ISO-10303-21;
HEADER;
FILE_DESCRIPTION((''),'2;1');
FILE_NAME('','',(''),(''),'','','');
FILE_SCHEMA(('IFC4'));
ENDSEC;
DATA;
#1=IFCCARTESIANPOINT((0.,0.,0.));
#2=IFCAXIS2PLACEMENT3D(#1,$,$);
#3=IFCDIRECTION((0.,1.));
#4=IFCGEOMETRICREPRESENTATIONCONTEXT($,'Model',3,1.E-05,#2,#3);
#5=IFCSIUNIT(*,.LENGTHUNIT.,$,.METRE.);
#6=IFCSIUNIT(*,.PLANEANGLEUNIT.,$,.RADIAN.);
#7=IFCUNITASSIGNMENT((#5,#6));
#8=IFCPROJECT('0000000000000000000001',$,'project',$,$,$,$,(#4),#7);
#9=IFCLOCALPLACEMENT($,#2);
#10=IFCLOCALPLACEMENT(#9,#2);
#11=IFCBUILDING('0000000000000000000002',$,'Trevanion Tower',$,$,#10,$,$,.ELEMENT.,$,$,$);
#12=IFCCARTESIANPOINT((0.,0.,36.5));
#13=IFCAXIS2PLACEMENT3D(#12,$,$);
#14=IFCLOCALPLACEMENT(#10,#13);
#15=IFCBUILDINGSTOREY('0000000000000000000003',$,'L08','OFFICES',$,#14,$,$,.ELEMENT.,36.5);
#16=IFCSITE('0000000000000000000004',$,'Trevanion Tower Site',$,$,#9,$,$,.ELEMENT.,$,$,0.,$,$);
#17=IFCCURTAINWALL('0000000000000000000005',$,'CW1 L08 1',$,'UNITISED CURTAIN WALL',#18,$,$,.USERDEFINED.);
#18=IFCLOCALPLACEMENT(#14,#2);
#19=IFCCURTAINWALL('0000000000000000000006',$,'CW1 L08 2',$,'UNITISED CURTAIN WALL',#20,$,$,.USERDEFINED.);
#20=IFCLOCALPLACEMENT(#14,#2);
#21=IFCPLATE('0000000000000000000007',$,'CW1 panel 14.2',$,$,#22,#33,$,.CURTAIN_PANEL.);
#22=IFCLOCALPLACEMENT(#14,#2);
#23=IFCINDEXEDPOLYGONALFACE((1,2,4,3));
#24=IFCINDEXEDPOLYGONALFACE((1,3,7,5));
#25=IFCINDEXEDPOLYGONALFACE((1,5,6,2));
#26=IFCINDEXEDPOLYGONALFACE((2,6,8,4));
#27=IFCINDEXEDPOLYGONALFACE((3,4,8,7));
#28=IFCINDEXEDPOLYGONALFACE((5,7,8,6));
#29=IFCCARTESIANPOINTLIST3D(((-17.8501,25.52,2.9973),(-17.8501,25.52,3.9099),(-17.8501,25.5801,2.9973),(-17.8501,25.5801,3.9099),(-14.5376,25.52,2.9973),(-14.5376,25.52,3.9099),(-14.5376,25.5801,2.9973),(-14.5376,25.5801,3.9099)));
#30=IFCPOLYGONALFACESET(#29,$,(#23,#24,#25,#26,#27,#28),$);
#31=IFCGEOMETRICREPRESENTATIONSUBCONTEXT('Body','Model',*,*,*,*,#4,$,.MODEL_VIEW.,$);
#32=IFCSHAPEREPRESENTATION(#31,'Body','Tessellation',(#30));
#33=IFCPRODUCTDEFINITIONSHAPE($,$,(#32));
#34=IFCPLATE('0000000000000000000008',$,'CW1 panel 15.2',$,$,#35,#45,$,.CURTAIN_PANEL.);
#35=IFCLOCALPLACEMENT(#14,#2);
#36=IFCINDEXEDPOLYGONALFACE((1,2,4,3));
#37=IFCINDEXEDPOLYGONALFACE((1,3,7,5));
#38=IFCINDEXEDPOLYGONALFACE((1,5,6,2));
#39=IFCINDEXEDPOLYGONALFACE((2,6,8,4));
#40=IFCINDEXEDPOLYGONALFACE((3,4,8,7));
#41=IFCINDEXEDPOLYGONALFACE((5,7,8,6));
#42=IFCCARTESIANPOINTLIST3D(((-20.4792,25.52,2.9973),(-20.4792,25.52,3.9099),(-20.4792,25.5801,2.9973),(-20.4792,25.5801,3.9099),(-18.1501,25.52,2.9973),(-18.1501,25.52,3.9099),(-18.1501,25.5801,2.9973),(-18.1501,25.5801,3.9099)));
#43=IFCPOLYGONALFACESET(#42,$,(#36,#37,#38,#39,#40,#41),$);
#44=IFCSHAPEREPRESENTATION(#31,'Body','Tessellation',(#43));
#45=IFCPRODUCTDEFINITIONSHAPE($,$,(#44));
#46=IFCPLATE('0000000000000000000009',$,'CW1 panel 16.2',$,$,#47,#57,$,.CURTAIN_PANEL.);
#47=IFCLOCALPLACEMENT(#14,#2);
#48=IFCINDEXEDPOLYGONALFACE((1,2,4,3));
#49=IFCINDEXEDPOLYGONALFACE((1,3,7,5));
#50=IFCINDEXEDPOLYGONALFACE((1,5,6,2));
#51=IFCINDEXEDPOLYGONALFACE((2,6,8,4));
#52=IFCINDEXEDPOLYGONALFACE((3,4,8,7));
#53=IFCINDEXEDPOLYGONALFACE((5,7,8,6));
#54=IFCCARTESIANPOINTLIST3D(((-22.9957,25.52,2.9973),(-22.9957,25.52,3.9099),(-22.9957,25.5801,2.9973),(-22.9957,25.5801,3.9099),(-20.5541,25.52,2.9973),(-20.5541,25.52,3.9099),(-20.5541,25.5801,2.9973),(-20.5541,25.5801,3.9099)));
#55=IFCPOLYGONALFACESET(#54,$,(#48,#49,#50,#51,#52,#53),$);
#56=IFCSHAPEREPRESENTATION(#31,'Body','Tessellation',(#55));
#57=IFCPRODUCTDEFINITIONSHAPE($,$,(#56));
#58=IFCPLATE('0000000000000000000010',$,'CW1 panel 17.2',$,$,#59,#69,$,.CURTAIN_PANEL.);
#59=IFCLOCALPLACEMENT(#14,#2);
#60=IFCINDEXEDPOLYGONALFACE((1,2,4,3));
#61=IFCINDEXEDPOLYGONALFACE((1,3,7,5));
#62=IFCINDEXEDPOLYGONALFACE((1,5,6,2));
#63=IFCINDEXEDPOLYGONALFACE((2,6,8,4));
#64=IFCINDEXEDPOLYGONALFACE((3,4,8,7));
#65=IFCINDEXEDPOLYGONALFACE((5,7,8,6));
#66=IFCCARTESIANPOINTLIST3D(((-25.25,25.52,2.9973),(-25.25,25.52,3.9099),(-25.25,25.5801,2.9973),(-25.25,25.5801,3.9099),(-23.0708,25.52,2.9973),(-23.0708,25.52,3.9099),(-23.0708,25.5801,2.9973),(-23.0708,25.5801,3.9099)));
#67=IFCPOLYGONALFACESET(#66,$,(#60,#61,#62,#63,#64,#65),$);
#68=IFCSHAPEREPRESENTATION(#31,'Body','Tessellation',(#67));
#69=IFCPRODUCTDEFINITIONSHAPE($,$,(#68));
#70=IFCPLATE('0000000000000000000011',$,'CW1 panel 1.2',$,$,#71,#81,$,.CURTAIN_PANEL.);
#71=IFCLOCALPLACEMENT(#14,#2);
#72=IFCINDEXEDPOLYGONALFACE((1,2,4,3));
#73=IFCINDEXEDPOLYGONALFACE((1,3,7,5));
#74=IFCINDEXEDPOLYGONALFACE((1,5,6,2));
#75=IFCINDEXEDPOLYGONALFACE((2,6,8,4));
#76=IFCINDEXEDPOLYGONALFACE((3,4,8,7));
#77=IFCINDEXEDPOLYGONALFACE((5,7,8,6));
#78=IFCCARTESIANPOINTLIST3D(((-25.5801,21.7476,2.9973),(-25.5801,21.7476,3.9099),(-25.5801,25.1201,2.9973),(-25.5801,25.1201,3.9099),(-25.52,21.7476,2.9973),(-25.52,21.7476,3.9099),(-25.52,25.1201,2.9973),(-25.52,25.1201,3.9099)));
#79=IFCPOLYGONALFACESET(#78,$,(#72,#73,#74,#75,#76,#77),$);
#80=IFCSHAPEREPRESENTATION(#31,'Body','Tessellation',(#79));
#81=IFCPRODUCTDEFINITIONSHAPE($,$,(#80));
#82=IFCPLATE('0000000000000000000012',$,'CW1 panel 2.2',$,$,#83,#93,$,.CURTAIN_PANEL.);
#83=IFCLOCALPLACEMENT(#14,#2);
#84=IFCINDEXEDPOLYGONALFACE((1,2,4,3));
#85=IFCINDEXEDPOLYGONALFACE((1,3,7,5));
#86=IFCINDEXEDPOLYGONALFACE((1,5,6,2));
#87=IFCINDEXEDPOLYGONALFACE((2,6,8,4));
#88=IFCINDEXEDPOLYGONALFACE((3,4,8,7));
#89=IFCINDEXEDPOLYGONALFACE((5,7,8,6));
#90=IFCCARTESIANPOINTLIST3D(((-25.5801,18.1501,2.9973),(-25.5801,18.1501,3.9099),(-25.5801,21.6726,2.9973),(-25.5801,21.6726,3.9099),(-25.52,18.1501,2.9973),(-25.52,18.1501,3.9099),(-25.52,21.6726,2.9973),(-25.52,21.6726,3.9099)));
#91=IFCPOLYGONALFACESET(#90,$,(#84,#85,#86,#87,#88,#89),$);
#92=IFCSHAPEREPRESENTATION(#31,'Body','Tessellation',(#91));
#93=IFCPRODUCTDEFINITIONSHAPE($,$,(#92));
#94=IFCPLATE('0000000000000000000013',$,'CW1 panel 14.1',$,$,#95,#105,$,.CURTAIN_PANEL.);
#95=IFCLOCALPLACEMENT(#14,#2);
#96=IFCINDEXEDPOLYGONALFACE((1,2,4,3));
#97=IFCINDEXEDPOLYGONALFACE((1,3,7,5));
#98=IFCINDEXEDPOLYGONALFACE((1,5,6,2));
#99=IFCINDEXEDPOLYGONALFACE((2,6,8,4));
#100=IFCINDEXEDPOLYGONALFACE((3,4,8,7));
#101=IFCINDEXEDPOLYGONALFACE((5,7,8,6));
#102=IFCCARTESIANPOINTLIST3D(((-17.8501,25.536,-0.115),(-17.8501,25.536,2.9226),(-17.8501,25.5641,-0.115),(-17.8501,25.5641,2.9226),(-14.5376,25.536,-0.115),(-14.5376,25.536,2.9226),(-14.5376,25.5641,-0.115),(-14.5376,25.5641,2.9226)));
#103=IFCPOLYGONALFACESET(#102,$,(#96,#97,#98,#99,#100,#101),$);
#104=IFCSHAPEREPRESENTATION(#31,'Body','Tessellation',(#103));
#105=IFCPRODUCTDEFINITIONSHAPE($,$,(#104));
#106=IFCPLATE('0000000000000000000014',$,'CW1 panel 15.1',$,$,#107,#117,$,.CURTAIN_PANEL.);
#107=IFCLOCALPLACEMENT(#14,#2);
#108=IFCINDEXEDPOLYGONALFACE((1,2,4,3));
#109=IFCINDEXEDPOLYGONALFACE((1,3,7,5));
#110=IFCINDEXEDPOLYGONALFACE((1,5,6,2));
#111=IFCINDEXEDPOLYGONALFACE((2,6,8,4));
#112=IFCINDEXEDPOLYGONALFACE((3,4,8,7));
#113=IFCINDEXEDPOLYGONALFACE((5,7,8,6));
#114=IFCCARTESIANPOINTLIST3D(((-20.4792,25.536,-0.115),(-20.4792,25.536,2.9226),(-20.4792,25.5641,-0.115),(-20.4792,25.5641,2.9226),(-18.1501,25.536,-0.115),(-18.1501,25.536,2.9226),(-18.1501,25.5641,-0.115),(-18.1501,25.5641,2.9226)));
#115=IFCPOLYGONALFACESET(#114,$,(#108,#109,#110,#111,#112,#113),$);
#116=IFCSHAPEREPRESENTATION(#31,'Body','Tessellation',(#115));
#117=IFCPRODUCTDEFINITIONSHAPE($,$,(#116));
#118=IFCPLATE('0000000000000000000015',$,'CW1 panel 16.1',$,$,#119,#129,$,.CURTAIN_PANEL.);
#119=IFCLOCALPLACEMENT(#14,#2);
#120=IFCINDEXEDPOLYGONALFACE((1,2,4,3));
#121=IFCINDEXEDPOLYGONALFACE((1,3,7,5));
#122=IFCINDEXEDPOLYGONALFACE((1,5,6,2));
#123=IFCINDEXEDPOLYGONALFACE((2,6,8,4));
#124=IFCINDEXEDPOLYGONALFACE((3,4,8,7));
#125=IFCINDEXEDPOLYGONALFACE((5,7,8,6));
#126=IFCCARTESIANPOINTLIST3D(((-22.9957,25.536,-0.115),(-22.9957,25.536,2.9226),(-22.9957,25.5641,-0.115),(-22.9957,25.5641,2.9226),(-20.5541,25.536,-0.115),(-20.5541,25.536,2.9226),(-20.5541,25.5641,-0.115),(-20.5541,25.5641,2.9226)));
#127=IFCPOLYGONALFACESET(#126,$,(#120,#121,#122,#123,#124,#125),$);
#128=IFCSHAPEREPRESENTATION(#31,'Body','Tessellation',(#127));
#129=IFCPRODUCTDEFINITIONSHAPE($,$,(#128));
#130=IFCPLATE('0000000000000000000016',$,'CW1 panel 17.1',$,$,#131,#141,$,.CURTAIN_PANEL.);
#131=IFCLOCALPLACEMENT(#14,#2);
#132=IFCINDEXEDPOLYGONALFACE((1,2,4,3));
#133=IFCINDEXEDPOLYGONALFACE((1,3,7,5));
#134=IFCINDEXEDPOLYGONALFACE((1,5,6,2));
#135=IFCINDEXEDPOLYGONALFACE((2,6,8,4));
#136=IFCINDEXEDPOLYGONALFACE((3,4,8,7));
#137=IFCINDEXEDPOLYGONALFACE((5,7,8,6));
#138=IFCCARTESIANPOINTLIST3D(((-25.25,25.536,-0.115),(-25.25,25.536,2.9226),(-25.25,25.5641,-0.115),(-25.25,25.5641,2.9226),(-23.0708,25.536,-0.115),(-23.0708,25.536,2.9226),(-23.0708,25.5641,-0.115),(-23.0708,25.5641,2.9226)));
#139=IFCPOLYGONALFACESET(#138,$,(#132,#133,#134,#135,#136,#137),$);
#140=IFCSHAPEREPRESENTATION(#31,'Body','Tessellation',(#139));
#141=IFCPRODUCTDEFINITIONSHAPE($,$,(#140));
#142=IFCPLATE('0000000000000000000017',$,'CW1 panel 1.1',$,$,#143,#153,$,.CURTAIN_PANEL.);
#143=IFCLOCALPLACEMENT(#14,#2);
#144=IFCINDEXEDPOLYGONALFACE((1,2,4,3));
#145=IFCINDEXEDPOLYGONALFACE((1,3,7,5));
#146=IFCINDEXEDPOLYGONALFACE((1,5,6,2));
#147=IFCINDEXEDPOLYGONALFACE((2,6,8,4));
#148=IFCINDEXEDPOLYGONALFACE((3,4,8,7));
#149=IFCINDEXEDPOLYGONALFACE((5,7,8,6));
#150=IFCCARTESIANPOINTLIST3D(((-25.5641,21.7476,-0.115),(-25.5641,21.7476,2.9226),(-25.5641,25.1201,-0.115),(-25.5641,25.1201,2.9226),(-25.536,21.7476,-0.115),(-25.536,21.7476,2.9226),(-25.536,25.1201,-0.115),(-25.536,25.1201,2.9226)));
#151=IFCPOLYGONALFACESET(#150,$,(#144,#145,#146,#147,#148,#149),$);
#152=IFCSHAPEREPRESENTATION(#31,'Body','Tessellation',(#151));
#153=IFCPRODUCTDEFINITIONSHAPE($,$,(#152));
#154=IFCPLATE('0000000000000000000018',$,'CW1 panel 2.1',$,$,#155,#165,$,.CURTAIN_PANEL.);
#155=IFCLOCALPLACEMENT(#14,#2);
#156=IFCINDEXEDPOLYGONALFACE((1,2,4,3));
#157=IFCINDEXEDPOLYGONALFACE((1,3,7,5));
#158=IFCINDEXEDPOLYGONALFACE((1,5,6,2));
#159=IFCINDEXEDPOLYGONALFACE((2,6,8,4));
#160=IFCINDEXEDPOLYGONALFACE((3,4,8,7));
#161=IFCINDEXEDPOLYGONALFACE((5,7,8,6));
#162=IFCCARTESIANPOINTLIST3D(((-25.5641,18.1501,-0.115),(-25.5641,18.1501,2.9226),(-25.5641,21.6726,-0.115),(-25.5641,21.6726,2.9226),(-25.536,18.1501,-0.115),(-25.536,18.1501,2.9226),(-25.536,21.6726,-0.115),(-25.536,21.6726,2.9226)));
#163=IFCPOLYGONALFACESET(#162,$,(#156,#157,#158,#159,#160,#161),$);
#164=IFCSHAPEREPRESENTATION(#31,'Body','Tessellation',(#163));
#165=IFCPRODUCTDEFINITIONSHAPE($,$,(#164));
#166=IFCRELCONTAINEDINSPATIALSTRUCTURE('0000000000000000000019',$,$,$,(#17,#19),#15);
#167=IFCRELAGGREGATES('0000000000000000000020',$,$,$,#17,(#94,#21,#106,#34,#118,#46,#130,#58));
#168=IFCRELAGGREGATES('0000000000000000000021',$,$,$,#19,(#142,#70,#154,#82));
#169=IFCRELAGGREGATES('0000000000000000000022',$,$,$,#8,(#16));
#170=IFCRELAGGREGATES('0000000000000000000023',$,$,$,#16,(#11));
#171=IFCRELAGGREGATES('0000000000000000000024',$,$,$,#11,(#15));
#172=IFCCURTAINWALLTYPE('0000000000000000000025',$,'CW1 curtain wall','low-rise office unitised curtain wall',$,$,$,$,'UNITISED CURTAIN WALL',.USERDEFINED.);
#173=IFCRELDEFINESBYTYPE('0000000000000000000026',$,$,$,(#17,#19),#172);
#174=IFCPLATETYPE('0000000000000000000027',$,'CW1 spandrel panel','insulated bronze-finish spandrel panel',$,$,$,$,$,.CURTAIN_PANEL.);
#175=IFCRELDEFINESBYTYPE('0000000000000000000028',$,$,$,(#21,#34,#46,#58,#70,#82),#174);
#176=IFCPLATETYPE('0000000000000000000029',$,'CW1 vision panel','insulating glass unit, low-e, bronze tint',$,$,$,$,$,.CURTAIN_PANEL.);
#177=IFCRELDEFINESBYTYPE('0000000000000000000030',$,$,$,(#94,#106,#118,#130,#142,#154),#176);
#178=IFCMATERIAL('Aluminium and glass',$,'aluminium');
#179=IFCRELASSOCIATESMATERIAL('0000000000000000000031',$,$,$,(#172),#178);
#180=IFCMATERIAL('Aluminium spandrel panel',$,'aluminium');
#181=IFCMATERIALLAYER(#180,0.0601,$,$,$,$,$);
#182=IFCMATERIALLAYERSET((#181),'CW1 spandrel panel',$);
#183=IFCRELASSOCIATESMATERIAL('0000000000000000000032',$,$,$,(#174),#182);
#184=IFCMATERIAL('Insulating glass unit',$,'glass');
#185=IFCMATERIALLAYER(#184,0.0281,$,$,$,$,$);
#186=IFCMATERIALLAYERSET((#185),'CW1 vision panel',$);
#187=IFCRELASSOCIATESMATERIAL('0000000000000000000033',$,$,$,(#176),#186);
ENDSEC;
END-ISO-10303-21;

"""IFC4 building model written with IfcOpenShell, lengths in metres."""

from ifc_helpers import new_model, si_unit, direction, frame, origin, origin_2d, place, context, subcontext, project, spatial, rectangle, extrude, material, layer, layer_set, type_object, element, aggregate, save


model = new_model("IFC4")

# Units and contexts
model_context = context("Model", 3, precision=1e-05, world=origin(), true_north=direction((0.0, 1.0)))
body_context = subcontext(model_context, "Body", "Model", "MODEL_VIEW")
ifc_project = project(units=[si_unit("LENGTHUNIT", "METRE"), si_unit("PLANEANGLEUNIT", "RADIAN")], contexts=[model_context])

# Site, building, storey
site_placement = place(None, origin())
site = spatial("IfcSite", under=ifc_project, at=site_placement, Name="Trevanion Tower Site", CompositionType="ELEMENT", RefElevation=0.0)
building_placement = place(site_placement, origin())
building = spatial("IfcBuilding", under=site, at=building_placement, Name="Trevanion Tower", CompositionType="ELEMENT")
storey_placement = place(building_placement, frame((0.0, 0.0, 36.5)))
storey = spatial("IfcBuildingStorey", under=building, at=storey_placement, Name="L08", Description="OFFICES", CompositionType="ELEMENT", Elevation=36.5)

# Curtain wall
ifc_material_1 = material(Name="Aluminium and glass", Category="aluminium")
curtain_wall_type = type_object("IfcCurtainWallType", Name="CW1 curtain wall", Description="low-rise office unitised curtain wall", ElementType="UNITISED CURTAIN WALL", PredefinedType="USERDEFINED", material=ifc_material_1)
curtain_wall_1_placement = place(storey_placement, origin())
curtain_wall_1 = element("IfcCurtainWall", 1, at=curtain_wall_1_placement, inside=storey, type_object=curtain_wall_type, Name="CW1 L08 1", ObjectType="UNITISED CURTAIN WALL", PredefinedType="USERDEFINED")

# Curtain wall
curtain_wall_2_placement = place(storey_placement, origin())
curtain_wall_2 = element("IfcCurtainWall", 2, at=curtain_wall_2_placement, inside=storey, type_object=curtain_wall_type, Name="CW1 L08 2", ObjectType="UNITISED CURTAIN WALL", PredefinedType="USERDEFINED")

# Plates
ifc_material_2 = material(Name="Aluminium spandrel panel", Category="aluminium")
ifc_layer_1 = layer(ifc_material_2, 0.0601)
ifc_layer_set_1 = layer_set([ifc_layer_1], Name="CW1 spandrel panel")
plate_type_1 = type_object("IfcPlateType", Name="CW1 spandrel panel", Description="insulated bronze-finish spandrel panel", PredefinedType="CURTAIN_PANEL", material=ifc_layer_set_1)
plate_1_placement = place(storey_placement, frame((-16.1938, 25.55, 2.9973), z_axis=(0.0, 0.0, 1.0), x_axis=(-1.0, 0.0, 0.0)))
plate_1 = element("IfcPlate", 3, at=plate_1_placement, type_object=plate_type_1, Name="CW1 panel 14.2", PredefinedType="CURTAIN_PANEL", context=body_context, shape_type="SweptSolid", body=[
    extrude(rectangle(XDim=3.3125, YDim=0.0601, at=origin_2d()), origin(), (0.0, 0.0, 1.0), 0.9126),
])
plate_2_placement = place(storey_placement, frame((-19.3147, 25.55, 2.9973), z_axis=(0.0, 0.0, 1.0), x_axis=(-1.0, 0.0, 0.0)))
plate_2 = element("IfcPlate", 4, at=plate_2_placement, type_object=plate_type_1, Name="CW1 panel 15.2", PredefinedType="CURTAIN_PANEL", context=body_context, shape_type="SweptSolid", body=[
    extrude(rectangle(XDim=2.3291, YDim=0.0601, at=origin_2d()), origin(), (0.0, 0.0, 1.0), 0.9126),
])
plate_3_placement = place(storey_placement, frame((-21.7749, 25.55, 2.9973), z_axis=(0.0, 0.0, 1.0), x_axis=(-1.0, 0.0, 0.0)))
plate_3 = element("IfcPlate", 5, at=plate_3_placement, type_object=plate_type_1, Name="CW1 panel 16.2", PredefinedType="CURTAIN_PANEL", context=body_context, shape_type="SweptSolid", body=[
    extrude(rectangle(XDim=2.4417, YDim=0.0601, at=origin_2d()), origin(), (0.0, 0.0, 1.0), 0.9126),
])
plate_4_placement = place(storey_placement, frame((-24.1604, 25.55, 2.9973), z_axis=(0.0, 0.0, 1.0), x_axis=(-1.0, 0.0, 0.0)))
plate_4 = element("IfcPlate", 6, at=plate_4_placement, type_object=plate_type_1, Name="CW1 panel 17.2", PredefinedType="CURTAIN_PANEL", context=body_context, shape_type="SweptSolid", body=[
    extrude(rectangle(XDim=2.1792, YDim=0.0601, at=origin_2d()), origin(), (0.0, 0.0, 1.0), 0.9126),
])
plate_5_placement = place(storey_placement, frame((-25.55, 23.4338, 2.9973), z_axis=(0.0, 0.0, 1.0), x_axis=(0.0, -1.0, 0.0)))
plate_5 = element("IfcPlate", 7, at=plate_5_placement, type_object=plate_type_1, Name="CW1 panel 1.2", PredefinedType="CURTAIN_PANEL", context=body_context, shape_type="SweptSolid", body=[
    extrude(rectangle(XDim=3.3726, YDim=0.0601, at=origin_2d()), origin(), (0.0, 0.0, 1.0), 0.9126),
])
plate_6_placement = place(storey_placement, frame((-25.55, 19.9114, 2.9973), z_axis=(0.0, 0.0, 1.0), x_axis=(0.0, -1.0, 0.0)))
plate_6 = element("IfcPlate", 8, at=plate_6_placement, type_object=plate_type_1, Name="CW1 panel 2.2", PredefinedType="CURTAIN_PANEL", context=body_context, shape_type="SweptSolid", body=[
    extrude(rectangle(XDim=3.5225, YDim=0.0601, at=origin_2d()), origin(), (0.0, 0.0, 1.0), 0.9126),
])
ifc_material_3 = material(Name="Insulating glass unit", Category="glass")
ifc_layer_2 = layer(ifc_material_3, 0.0281)
ifc_layer_set_2 = layer_set([ifc_layer_2], Name="CW1 vision panel")
plate_type_2 = type_object("IfcPlateType", Name="CW1 vision panel", Description="insulating glass unit, low-e, bronze tint", PredefinedType="CURTAIN_PANEL", material=ifc_layer_set_2)
plate_7_placement = place(storey_placement, frame((-16.1938, 25.55, -0.115), z_axis=(0.0, 0.0, 1.0), x_axis=(-1.0, 0.0, 0.0)))
plate_7 = element("IfcPlate", 9, at=plate_7_placement, type_object=plate_type_2, Name="CW1 panel 14.1", PredefinedType="CURTAIN_PANEL", context=body_context, shape_type="SweptSolid", body=[
    extrude(rectangle(XDim=3.3125, YDim=0.0281, at=origin_2d()), origin(), (0.0, 0.0, 1.0), 3.0376),
])
plate_8_placement = place(storey_placement, frame((-19.3147, 25.55, -0.115), z_axis=(0.0, 0.0, 1.0), x_axis=(-1.0, 0.0, 0.0)))
plate_8 = element("IfcPlate", 10, at=plate_8_placement, type_object=plate_type_2, Name="CW1 panel 15.1", PredefinedType="CURTAIN_PANEL", context=body_context, shape_type="SweptSolid", body=[
    extrude(rectangle(XDim=2.3291, YDim=0.0281, at=origin_2d()), origin(), (0.0, 0.0, 1.0), 3.0376),
])
plate_9_placement = place(storey_placement, frame((-21.7749, 25.55, -0.115), z_axis=(0.0, 0.0, 1.0), x_axis=(-1.0, 0.0, 0.0)))
plate_9 = element("IfcPlate", 11, at=plate_9_placement, type_object=plate_type_2, Name="CW1 panel 16.1", PredefinedType="CURTAIN_PANEL", context=body_context, shape_type="SweptSolid", body=[
    extrude(rectangle(XDim=2.4417, YDim=0.0281, at=origin_2d()), origin(), (0.0, 0.0, 1.0), 3.0376),
])
plate_10_placement = place(storey_placement, frame((-24.1604, 25.55, -0.115), z_axis=(0.0, 0.0, 1.0), x_axis=(-1.0, 0.0, 0.0)))
plate_10 = element("IfcPlate", 12, at=plate_10_placement, type_object=plate_type_2, Name="CW1 panel 17.1", PredefinedType="CURTAIN_PANEL", context=body_context, shape_type="SweptSolid", body=[
    extrude(rectangle(XDim=2.1792, YDim=0.0281, at=origin_2d()), origin(), (0.0, 0.0, 1.0), 3.0376),
])
aggregate(curtain_wall_1, [plate_7, plate_1, plate_8, plate_2, plate_9, plate_3, plate_10, plate_4])
plate_11_placement = place(storey_placement, frame((-25.55, 23.4338, -0.115), z_axis=(0.0, 0.0, 1.0), x_axis=(0.0, -1.0, 0.0)))
plate_11 = element("IfcPlate", 13, at=plate_11_placement, type_object=plate_type_2, Name="CW1 panel 1.1", PredefinedType="CURTAIN_PANEL", context=body_context, shape_type="SweptSolid", body=[
    extrude(rectangle(XDim=3.3726, YDim=0.0281, at=origin_2d()), origin(), (0.0, 0.0, 1.0), 3.0376),
])
plate_12_placement = place(storey_placement, frame((-25.55, 19.9114, -0.115), z_axis=(0.0, 0.0, 1.0), x_axis=(0.0, -1.0, 0.0)))
plate_12 = element("IfcPlate", 14, at=plate_12_placement, type_object=plate_type_2, Name="CW1 panel 2.1", PredefinedType="CURTAIN_PANEL", context=body_context, shape_type="SweptSolid", body=[
    extrude(rectangle(XDim=3.5225, YDim=0.0281, at=origin_2d()), origin(), (0.0, 0.0, 1.0), 3.0376),
])
aggregate(curtain_wall_2, [plate_11, plate_5, plate_12, plate_6])

save(model, "model.ifc")
